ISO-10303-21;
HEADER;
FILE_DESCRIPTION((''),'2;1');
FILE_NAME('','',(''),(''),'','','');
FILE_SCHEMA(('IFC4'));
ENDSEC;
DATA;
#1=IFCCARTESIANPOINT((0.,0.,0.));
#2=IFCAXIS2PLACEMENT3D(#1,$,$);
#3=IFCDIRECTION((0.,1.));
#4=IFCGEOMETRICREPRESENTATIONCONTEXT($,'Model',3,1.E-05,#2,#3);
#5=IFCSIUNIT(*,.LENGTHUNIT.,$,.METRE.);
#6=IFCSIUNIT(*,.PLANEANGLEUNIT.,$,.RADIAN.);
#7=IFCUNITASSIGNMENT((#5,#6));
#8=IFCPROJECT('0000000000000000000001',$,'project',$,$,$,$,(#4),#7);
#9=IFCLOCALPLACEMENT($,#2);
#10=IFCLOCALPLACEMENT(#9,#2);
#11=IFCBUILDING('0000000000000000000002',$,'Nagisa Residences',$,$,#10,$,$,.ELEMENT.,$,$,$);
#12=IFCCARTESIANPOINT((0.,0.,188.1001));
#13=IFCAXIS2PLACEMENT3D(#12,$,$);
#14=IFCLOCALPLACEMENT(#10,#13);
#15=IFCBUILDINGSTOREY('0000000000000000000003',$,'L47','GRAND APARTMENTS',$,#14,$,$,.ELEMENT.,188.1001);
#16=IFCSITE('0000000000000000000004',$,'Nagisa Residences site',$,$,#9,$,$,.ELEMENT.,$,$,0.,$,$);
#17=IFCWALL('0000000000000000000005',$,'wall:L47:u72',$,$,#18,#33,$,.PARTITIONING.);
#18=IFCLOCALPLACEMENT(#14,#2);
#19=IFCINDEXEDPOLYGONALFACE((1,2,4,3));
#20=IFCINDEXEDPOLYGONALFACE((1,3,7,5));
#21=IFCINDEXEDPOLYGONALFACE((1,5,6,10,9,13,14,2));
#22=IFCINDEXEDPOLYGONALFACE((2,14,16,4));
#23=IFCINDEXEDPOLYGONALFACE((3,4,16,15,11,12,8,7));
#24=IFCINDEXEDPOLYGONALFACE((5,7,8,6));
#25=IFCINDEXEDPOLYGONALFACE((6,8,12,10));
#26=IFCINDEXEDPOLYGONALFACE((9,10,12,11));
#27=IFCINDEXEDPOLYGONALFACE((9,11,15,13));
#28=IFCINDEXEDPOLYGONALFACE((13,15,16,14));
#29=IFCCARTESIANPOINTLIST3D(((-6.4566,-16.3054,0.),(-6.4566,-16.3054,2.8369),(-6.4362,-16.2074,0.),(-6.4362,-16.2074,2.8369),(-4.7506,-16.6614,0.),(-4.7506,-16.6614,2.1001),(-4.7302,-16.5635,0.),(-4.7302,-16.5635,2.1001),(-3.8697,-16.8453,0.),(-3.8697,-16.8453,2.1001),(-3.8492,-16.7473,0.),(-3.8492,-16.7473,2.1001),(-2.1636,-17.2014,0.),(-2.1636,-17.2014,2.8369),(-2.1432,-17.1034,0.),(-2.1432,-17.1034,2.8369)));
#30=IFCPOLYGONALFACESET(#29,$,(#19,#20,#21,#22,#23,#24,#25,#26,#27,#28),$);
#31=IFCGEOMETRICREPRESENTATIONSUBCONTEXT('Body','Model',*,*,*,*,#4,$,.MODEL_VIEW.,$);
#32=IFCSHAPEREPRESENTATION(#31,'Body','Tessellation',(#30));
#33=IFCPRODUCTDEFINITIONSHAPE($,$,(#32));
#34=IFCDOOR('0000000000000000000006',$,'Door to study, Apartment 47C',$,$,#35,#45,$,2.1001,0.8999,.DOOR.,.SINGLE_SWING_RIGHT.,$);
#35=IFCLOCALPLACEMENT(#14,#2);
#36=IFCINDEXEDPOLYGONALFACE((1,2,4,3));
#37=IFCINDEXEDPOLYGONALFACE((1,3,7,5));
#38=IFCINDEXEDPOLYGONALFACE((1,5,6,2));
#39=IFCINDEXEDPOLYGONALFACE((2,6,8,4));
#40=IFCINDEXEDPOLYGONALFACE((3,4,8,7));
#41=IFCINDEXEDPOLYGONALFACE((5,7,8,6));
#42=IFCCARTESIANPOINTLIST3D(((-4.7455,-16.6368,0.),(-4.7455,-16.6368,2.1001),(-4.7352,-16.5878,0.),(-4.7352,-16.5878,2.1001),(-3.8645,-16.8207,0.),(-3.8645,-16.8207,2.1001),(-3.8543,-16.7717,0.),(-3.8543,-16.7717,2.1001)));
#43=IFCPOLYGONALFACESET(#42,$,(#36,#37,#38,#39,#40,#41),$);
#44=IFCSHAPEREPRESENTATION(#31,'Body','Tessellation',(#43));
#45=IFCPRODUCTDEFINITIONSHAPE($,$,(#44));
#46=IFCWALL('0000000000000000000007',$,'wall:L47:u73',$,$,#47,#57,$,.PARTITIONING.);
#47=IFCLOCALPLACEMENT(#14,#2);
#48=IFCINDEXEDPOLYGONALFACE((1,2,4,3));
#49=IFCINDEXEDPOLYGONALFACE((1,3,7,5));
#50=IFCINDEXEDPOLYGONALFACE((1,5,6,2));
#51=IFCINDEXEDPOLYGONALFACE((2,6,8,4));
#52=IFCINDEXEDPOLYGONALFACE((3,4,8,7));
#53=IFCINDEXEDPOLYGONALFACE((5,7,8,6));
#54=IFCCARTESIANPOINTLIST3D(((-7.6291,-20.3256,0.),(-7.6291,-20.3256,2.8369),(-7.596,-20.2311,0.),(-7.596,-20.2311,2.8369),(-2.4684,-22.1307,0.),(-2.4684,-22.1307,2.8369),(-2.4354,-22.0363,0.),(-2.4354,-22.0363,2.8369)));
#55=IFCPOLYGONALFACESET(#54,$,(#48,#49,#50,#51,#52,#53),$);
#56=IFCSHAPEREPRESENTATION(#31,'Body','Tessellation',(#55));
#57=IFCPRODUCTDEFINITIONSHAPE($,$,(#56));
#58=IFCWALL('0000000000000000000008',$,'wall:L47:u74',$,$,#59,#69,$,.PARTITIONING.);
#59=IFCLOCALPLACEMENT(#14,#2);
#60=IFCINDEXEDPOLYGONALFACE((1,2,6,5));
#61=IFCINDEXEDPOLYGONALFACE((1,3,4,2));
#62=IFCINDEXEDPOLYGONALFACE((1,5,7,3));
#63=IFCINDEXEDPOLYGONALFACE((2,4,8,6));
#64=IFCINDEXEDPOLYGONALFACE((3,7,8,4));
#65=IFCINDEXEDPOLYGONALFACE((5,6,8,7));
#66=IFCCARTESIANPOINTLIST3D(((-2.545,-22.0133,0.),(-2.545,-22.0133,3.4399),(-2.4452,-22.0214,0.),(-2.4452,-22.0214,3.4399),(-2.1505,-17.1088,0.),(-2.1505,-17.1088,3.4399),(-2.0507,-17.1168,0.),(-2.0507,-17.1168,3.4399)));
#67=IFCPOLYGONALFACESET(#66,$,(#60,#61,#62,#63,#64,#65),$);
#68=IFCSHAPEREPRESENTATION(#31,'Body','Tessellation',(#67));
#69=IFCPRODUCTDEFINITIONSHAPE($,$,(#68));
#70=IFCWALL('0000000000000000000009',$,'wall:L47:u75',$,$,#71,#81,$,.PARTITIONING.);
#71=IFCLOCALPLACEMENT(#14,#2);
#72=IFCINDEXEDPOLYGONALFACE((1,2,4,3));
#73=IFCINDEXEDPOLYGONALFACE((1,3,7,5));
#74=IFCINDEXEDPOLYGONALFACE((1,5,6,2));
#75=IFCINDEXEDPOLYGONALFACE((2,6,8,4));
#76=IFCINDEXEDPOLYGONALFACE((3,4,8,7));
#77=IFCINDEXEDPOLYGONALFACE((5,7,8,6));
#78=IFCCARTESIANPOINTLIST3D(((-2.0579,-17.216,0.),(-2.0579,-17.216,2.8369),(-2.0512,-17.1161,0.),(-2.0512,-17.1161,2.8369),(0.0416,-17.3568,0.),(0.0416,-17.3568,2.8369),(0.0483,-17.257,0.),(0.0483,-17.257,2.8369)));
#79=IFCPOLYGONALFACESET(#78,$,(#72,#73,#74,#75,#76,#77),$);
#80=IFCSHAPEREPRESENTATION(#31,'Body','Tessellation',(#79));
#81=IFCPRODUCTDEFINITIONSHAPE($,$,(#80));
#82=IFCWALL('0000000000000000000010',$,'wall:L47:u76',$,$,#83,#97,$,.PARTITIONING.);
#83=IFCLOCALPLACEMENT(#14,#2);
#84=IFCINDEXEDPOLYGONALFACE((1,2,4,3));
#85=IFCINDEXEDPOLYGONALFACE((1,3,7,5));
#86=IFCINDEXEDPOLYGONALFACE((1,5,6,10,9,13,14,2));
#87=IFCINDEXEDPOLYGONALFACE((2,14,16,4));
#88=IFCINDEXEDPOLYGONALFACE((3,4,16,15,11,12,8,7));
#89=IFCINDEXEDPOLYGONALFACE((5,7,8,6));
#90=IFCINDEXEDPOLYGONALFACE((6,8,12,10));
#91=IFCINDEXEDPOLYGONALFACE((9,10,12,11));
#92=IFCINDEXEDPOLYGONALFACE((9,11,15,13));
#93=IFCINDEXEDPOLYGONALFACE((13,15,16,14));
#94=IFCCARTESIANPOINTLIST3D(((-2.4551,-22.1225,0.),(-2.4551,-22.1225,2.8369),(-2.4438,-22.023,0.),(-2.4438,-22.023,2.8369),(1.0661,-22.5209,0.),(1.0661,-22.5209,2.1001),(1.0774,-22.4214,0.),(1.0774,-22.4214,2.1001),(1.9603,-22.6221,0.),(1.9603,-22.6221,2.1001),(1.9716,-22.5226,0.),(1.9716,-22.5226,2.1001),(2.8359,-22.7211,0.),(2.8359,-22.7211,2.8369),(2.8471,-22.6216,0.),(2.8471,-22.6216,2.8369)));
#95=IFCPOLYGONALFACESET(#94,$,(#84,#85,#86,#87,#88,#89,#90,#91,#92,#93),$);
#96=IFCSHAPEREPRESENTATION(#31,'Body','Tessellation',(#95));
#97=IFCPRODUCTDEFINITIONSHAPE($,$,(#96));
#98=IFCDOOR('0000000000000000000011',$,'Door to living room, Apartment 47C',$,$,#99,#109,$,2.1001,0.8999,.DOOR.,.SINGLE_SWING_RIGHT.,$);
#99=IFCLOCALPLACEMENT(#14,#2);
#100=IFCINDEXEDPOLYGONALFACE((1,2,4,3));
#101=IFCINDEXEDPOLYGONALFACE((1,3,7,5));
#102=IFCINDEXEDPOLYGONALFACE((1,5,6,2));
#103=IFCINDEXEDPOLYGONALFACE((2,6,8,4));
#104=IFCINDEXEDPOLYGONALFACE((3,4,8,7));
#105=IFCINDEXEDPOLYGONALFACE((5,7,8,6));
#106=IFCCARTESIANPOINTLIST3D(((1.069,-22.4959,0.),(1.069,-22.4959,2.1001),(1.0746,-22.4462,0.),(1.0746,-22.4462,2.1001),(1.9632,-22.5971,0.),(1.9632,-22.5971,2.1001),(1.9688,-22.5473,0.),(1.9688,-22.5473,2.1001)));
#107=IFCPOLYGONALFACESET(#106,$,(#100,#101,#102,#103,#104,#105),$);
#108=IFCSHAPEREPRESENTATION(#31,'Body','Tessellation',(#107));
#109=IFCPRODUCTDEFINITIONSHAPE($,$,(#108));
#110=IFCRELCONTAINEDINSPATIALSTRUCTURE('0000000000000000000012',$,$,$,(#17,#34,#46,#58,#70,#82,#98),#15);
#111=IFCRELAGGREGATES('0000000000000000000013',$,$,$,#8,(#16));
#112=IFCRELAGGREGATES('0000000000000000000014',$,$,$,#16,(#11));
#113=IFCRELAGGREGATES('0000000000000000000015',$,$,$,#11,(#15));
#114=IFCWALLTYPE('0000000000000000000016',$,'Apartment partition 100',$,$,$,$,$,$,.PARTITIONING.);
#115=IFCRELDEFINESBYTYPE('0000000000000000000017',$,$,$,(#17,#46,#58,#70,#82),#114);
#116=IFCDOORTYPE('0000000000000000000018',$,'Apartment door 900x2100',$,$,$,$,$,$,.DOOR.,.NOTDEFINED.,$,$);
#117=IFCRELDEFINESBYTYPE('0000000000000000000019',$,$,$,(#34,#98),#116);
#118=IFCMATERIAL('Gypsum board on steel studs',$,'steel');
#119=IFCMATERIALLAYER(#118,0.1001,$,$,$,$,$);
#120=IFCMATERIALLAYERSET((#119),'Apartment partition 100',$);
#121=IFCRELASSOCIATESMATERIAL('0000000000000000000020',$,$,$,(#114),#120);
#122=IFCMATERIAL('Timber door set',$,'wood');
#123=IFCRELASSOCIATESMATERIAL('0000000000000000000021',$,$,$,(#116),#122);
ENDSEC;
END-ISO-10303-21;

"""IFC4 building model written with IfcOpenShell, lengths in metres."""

from ifc_helpers import new_model, si_unit, direction, frame, frame_2d, origin, place, context, subcontext, project, spatial, rectangle, extrude, material, layer, layer_set, type_object, element, fill, save


model = new_model("IFC4")

# Units and contexts
model_context = context("Model", 3, precision=1e-05, world=origin(), true_north=direction((0.0, 1.0)))
body_context = subcontext(model_context, "Body", "Model", "MODEL_VIEW")
ifc_project = project(units=[si_unit("LENGTHUNIT", "METRE"), si_unit("PLANEANGLEUNIT", "RADIAN")], contexts=[model_context])

# Site, building, storey
site_placement = place(None, origin())
site = spatial("IfcSite", under=ifc_project, at=site_placement, Name="Nagisa Residences site", CompositionType="ELEMENT", RefElevation=0.0)
building_placement = place(site_placement, origin())
building = spatial("IfcBuilding", under=site, at=building_placement, Name="Nagisa Residences", CompositionType="ELEMENT")
storey_placement = place(building_placement, frame((0.0, 0.0, 188.1001)))
storey = spatial("IfcBuildingStorey", under=building, at=storey_placement, Name="L47", Description="GRAND APARTMENTS", CompositionType="ELEMENT", Elevation=188.1001)

# Shared definitions
ifc_material_1 = material(Name="Gypsum board on steel studs", Category="steel")
ifc_layer_1 = layer(ifc_material_1, 0.1001)
ifc_layer_set_1 = layer_set([ifc_layer_1], Name="Apartment partition 100")
wall_type_1 = type_object("IfcWallType", Name="Apartment partition 100", PredefinedType="PARTITIONING", material=ifc_layer_set_1)

# Wall, opening, door
ifc_material_2 = material(Name="Timber door set", Category="wood")
door_type_1 = type_object("IfcDoorType", Name="Apartment door 900x2100", OperationType="NOTDEFINED", PredefinedType="DOOR", material=ifc_material_2)
wall_1_placement = place(storey_placement, frame((-6.4465, -16.2563, 0.0), z_axis=(0.0, 0.0, 1.0), x_axis=(0.978906, -0.20431, 0.0)))
wall_1 = element("IfcWall", 1, at=wall_1_placement, inside=storey, type_object=wall_type_1, Name="wall:L47:u72", PredefinedType="PARTITIONING", context=body_context, shape_type="SweptSolid", body=[
    extrude(rectangle(XDim=4.3855, YDim=0.1001, at=frame_2d((2.1929, 0.0))), origin(), (0.0, 0.0, 1.0), 2.8369),
])
opening_1_placement = place(wall_1_placement, frame((1.7429, 0.0, 0.0)))
opening_1 = element("IfcOpeningElement", 2, at=opening_1_placement, cuts=wall_1, PredefinedType="OPENING", context=body_context, shape_type="SweptSolid", body=[
    extrude(rectangle(XDim=0.8999, YDim=2.1001, at=frame_2d((0.45, 1.05))), frame((0.0, 0.0601, 0.0), z_axis=(0.0, -1.0, 0.0), x_axis=(1.0, 0.0, 0.0)), (0.0, 0.0, 1.0), 0.1201),
])
door_1_placement = place(opening_1_placement, frame((0.8999, 0.0, 0.0), x_axis=(-1.0, 0.0, 0.0)))
door_1 = element("IfcDoor", 3, at=door_1_placement, inside=storey, type_object=door_type_1, Name="Door to study, Apartment 47C", OperationType="SINGLE_SWING_RIGHT", OverallHeight=2.1001, OverallWidth=0.8999, PredefinedType="DOOR", context=body_context, shape_type="SweptSolid", body=[
    extrude(rectangle(XDim=0.8999, YDim=2.1001, at=frame_2d((0.45, 1.05))), frame((0.0, 0.0249, 0.0), z_axis=(0.0, -1.0, 0.0), x_axis=(1.0, 0.0, 0.0)), (0.0, 0.0, 1.0), 0.05),
])
fill(opening_1, door_1)

# Walls
wall_2_placement = place(storey_placement, frame((-7.6125, -20.2783, 0.0), z_axis=(0.0, 0.0, 1.0), x_axis=(0.943918, -0.330179, 0.0)))
element("IfcWall", 4, at=wall_2_placement, inside=storey, type_object=wall_type_1, Name="wall:L47:u73", PredefinedType="PARTITIONING", context=body_context, shape_type="SweptSolid", body=[
    extrude(rectangle(XDim=5.4673, YDim=0.1001, at=frame_2d((2.7336, 0.0))), origin(), (0.0, 0.0, 1.0), 2.8369),
])
wall_3_placement = place(storey_placement, frame((-2.1006, -17.1128, 0.0), z_axis=(0.0, 0.0, 1.0), x_axis=(-0.080183, -0.99678, 0.0)))
element("IfcWall", 5, at=wall_3_placement, inside=storey, type_object=wall_type_1, Name="wall:L47:u74", PredefinedType="PARTITIONING", context=body_context, shape_type="SweptSolid", body=[
    extrude(rectangle(XDim=4.9204, YDim=0.1001, at=frame_2d((2.4602, 0.0))), origin(), (0.0, 0.0, 1.0), 3.4399),
])
wall_4_placement = place(storey_placement, frame((-2.0547, -17.166, 0.0), z_axis=(0.0, 0.0, 1.0), x_axis=(0.997757, -0.066943, 0.0)))
element("IfcWall", 6, at=wall_4_placement, inside=storey, type_object=wall_type_1, Name="wall:L47:u75", PredefinedType="PARTITIONING", context=body_context, shape_type="SweptSolid", body=[
    extrude(rectangle(XDim=2.1042, YDim=0.1001, at=frame_2d((1.0522, 0.0))), origin(), (0.0, 0.0, 1.0), 2.8369),
])

# Wall, opening, door
wall_5_placement = place(storey_placement, frame((-2.4495, -22.0728, 0.0), z_axis=(0.0, 0.0, 1.0), x_axis=(0.99366, -0.112424, 0.0)))
wall_5 = element("IfcWall", 7, at=wall_5_placement, inside=storey, type_object=wall_type_1, Name="wall:L47:u76", PredefinedType="PARTITIONING", context=body_context, shape_type="SweptSolid", body=[
    extrude(rectangle(XDim=5.3247, YDim=0.1001, at=frame_2d((2.6624, 0.0))), origin(), (0.0, 0.0, 1.0), 2.8369),
])
opening_2_placement = place(wall_5_placement, frame((3.5437, 0.0, 0.0)))
opening_2 = element("IfcOpeningElement", 8, at=opening_2_placement, cuts=wall_5, PredefinedType="OPENING", context=body_context, shape_type="SweptSolid", body=[
    extrude(rectangle(XDim=0.8999, YDim=2.1001, at=frame_2d((0.45, 1.05))), frame((0.0, 0.0601, 0.0), z_axis=(0.0, -1.0, 0.0), x_axis=(1.0, 0.0, 0.0)), (0.0, 0.0, 1.0), 0.1201),
])
door_2_placement = place(opening_2_placement, frame((0.8999, 0.0, 0.0), x_axis=(-1.0, 0.0, 0.0)))
door_2 = element("IfcDoor", 9, at=door_2_placement, inside=storey, type_object=door_type_1, Name="Door to living room, Apartment 47C", OperationType="SINGLE_SWING_RIGHT", OverallHeight=2.1001, OverallWidth=0.8999, PredefinedType="DOOR", context=body_context, shape_type="SweptSolid", body=[
    extrude(rectangle(XDim=0.8999, YDim=2.1001, at=frame_2d((0.45, 1.05))), frame((0.0, 0.0249, 0.0), z_axis=(0.0, -1.0, 0.0), x_axis=(1.0, 0.0, 0.0)), (0.0, 0.0, 1.0), 0.05),
])
fill(opening_2, door_2)

save(model, "model.ifc")
